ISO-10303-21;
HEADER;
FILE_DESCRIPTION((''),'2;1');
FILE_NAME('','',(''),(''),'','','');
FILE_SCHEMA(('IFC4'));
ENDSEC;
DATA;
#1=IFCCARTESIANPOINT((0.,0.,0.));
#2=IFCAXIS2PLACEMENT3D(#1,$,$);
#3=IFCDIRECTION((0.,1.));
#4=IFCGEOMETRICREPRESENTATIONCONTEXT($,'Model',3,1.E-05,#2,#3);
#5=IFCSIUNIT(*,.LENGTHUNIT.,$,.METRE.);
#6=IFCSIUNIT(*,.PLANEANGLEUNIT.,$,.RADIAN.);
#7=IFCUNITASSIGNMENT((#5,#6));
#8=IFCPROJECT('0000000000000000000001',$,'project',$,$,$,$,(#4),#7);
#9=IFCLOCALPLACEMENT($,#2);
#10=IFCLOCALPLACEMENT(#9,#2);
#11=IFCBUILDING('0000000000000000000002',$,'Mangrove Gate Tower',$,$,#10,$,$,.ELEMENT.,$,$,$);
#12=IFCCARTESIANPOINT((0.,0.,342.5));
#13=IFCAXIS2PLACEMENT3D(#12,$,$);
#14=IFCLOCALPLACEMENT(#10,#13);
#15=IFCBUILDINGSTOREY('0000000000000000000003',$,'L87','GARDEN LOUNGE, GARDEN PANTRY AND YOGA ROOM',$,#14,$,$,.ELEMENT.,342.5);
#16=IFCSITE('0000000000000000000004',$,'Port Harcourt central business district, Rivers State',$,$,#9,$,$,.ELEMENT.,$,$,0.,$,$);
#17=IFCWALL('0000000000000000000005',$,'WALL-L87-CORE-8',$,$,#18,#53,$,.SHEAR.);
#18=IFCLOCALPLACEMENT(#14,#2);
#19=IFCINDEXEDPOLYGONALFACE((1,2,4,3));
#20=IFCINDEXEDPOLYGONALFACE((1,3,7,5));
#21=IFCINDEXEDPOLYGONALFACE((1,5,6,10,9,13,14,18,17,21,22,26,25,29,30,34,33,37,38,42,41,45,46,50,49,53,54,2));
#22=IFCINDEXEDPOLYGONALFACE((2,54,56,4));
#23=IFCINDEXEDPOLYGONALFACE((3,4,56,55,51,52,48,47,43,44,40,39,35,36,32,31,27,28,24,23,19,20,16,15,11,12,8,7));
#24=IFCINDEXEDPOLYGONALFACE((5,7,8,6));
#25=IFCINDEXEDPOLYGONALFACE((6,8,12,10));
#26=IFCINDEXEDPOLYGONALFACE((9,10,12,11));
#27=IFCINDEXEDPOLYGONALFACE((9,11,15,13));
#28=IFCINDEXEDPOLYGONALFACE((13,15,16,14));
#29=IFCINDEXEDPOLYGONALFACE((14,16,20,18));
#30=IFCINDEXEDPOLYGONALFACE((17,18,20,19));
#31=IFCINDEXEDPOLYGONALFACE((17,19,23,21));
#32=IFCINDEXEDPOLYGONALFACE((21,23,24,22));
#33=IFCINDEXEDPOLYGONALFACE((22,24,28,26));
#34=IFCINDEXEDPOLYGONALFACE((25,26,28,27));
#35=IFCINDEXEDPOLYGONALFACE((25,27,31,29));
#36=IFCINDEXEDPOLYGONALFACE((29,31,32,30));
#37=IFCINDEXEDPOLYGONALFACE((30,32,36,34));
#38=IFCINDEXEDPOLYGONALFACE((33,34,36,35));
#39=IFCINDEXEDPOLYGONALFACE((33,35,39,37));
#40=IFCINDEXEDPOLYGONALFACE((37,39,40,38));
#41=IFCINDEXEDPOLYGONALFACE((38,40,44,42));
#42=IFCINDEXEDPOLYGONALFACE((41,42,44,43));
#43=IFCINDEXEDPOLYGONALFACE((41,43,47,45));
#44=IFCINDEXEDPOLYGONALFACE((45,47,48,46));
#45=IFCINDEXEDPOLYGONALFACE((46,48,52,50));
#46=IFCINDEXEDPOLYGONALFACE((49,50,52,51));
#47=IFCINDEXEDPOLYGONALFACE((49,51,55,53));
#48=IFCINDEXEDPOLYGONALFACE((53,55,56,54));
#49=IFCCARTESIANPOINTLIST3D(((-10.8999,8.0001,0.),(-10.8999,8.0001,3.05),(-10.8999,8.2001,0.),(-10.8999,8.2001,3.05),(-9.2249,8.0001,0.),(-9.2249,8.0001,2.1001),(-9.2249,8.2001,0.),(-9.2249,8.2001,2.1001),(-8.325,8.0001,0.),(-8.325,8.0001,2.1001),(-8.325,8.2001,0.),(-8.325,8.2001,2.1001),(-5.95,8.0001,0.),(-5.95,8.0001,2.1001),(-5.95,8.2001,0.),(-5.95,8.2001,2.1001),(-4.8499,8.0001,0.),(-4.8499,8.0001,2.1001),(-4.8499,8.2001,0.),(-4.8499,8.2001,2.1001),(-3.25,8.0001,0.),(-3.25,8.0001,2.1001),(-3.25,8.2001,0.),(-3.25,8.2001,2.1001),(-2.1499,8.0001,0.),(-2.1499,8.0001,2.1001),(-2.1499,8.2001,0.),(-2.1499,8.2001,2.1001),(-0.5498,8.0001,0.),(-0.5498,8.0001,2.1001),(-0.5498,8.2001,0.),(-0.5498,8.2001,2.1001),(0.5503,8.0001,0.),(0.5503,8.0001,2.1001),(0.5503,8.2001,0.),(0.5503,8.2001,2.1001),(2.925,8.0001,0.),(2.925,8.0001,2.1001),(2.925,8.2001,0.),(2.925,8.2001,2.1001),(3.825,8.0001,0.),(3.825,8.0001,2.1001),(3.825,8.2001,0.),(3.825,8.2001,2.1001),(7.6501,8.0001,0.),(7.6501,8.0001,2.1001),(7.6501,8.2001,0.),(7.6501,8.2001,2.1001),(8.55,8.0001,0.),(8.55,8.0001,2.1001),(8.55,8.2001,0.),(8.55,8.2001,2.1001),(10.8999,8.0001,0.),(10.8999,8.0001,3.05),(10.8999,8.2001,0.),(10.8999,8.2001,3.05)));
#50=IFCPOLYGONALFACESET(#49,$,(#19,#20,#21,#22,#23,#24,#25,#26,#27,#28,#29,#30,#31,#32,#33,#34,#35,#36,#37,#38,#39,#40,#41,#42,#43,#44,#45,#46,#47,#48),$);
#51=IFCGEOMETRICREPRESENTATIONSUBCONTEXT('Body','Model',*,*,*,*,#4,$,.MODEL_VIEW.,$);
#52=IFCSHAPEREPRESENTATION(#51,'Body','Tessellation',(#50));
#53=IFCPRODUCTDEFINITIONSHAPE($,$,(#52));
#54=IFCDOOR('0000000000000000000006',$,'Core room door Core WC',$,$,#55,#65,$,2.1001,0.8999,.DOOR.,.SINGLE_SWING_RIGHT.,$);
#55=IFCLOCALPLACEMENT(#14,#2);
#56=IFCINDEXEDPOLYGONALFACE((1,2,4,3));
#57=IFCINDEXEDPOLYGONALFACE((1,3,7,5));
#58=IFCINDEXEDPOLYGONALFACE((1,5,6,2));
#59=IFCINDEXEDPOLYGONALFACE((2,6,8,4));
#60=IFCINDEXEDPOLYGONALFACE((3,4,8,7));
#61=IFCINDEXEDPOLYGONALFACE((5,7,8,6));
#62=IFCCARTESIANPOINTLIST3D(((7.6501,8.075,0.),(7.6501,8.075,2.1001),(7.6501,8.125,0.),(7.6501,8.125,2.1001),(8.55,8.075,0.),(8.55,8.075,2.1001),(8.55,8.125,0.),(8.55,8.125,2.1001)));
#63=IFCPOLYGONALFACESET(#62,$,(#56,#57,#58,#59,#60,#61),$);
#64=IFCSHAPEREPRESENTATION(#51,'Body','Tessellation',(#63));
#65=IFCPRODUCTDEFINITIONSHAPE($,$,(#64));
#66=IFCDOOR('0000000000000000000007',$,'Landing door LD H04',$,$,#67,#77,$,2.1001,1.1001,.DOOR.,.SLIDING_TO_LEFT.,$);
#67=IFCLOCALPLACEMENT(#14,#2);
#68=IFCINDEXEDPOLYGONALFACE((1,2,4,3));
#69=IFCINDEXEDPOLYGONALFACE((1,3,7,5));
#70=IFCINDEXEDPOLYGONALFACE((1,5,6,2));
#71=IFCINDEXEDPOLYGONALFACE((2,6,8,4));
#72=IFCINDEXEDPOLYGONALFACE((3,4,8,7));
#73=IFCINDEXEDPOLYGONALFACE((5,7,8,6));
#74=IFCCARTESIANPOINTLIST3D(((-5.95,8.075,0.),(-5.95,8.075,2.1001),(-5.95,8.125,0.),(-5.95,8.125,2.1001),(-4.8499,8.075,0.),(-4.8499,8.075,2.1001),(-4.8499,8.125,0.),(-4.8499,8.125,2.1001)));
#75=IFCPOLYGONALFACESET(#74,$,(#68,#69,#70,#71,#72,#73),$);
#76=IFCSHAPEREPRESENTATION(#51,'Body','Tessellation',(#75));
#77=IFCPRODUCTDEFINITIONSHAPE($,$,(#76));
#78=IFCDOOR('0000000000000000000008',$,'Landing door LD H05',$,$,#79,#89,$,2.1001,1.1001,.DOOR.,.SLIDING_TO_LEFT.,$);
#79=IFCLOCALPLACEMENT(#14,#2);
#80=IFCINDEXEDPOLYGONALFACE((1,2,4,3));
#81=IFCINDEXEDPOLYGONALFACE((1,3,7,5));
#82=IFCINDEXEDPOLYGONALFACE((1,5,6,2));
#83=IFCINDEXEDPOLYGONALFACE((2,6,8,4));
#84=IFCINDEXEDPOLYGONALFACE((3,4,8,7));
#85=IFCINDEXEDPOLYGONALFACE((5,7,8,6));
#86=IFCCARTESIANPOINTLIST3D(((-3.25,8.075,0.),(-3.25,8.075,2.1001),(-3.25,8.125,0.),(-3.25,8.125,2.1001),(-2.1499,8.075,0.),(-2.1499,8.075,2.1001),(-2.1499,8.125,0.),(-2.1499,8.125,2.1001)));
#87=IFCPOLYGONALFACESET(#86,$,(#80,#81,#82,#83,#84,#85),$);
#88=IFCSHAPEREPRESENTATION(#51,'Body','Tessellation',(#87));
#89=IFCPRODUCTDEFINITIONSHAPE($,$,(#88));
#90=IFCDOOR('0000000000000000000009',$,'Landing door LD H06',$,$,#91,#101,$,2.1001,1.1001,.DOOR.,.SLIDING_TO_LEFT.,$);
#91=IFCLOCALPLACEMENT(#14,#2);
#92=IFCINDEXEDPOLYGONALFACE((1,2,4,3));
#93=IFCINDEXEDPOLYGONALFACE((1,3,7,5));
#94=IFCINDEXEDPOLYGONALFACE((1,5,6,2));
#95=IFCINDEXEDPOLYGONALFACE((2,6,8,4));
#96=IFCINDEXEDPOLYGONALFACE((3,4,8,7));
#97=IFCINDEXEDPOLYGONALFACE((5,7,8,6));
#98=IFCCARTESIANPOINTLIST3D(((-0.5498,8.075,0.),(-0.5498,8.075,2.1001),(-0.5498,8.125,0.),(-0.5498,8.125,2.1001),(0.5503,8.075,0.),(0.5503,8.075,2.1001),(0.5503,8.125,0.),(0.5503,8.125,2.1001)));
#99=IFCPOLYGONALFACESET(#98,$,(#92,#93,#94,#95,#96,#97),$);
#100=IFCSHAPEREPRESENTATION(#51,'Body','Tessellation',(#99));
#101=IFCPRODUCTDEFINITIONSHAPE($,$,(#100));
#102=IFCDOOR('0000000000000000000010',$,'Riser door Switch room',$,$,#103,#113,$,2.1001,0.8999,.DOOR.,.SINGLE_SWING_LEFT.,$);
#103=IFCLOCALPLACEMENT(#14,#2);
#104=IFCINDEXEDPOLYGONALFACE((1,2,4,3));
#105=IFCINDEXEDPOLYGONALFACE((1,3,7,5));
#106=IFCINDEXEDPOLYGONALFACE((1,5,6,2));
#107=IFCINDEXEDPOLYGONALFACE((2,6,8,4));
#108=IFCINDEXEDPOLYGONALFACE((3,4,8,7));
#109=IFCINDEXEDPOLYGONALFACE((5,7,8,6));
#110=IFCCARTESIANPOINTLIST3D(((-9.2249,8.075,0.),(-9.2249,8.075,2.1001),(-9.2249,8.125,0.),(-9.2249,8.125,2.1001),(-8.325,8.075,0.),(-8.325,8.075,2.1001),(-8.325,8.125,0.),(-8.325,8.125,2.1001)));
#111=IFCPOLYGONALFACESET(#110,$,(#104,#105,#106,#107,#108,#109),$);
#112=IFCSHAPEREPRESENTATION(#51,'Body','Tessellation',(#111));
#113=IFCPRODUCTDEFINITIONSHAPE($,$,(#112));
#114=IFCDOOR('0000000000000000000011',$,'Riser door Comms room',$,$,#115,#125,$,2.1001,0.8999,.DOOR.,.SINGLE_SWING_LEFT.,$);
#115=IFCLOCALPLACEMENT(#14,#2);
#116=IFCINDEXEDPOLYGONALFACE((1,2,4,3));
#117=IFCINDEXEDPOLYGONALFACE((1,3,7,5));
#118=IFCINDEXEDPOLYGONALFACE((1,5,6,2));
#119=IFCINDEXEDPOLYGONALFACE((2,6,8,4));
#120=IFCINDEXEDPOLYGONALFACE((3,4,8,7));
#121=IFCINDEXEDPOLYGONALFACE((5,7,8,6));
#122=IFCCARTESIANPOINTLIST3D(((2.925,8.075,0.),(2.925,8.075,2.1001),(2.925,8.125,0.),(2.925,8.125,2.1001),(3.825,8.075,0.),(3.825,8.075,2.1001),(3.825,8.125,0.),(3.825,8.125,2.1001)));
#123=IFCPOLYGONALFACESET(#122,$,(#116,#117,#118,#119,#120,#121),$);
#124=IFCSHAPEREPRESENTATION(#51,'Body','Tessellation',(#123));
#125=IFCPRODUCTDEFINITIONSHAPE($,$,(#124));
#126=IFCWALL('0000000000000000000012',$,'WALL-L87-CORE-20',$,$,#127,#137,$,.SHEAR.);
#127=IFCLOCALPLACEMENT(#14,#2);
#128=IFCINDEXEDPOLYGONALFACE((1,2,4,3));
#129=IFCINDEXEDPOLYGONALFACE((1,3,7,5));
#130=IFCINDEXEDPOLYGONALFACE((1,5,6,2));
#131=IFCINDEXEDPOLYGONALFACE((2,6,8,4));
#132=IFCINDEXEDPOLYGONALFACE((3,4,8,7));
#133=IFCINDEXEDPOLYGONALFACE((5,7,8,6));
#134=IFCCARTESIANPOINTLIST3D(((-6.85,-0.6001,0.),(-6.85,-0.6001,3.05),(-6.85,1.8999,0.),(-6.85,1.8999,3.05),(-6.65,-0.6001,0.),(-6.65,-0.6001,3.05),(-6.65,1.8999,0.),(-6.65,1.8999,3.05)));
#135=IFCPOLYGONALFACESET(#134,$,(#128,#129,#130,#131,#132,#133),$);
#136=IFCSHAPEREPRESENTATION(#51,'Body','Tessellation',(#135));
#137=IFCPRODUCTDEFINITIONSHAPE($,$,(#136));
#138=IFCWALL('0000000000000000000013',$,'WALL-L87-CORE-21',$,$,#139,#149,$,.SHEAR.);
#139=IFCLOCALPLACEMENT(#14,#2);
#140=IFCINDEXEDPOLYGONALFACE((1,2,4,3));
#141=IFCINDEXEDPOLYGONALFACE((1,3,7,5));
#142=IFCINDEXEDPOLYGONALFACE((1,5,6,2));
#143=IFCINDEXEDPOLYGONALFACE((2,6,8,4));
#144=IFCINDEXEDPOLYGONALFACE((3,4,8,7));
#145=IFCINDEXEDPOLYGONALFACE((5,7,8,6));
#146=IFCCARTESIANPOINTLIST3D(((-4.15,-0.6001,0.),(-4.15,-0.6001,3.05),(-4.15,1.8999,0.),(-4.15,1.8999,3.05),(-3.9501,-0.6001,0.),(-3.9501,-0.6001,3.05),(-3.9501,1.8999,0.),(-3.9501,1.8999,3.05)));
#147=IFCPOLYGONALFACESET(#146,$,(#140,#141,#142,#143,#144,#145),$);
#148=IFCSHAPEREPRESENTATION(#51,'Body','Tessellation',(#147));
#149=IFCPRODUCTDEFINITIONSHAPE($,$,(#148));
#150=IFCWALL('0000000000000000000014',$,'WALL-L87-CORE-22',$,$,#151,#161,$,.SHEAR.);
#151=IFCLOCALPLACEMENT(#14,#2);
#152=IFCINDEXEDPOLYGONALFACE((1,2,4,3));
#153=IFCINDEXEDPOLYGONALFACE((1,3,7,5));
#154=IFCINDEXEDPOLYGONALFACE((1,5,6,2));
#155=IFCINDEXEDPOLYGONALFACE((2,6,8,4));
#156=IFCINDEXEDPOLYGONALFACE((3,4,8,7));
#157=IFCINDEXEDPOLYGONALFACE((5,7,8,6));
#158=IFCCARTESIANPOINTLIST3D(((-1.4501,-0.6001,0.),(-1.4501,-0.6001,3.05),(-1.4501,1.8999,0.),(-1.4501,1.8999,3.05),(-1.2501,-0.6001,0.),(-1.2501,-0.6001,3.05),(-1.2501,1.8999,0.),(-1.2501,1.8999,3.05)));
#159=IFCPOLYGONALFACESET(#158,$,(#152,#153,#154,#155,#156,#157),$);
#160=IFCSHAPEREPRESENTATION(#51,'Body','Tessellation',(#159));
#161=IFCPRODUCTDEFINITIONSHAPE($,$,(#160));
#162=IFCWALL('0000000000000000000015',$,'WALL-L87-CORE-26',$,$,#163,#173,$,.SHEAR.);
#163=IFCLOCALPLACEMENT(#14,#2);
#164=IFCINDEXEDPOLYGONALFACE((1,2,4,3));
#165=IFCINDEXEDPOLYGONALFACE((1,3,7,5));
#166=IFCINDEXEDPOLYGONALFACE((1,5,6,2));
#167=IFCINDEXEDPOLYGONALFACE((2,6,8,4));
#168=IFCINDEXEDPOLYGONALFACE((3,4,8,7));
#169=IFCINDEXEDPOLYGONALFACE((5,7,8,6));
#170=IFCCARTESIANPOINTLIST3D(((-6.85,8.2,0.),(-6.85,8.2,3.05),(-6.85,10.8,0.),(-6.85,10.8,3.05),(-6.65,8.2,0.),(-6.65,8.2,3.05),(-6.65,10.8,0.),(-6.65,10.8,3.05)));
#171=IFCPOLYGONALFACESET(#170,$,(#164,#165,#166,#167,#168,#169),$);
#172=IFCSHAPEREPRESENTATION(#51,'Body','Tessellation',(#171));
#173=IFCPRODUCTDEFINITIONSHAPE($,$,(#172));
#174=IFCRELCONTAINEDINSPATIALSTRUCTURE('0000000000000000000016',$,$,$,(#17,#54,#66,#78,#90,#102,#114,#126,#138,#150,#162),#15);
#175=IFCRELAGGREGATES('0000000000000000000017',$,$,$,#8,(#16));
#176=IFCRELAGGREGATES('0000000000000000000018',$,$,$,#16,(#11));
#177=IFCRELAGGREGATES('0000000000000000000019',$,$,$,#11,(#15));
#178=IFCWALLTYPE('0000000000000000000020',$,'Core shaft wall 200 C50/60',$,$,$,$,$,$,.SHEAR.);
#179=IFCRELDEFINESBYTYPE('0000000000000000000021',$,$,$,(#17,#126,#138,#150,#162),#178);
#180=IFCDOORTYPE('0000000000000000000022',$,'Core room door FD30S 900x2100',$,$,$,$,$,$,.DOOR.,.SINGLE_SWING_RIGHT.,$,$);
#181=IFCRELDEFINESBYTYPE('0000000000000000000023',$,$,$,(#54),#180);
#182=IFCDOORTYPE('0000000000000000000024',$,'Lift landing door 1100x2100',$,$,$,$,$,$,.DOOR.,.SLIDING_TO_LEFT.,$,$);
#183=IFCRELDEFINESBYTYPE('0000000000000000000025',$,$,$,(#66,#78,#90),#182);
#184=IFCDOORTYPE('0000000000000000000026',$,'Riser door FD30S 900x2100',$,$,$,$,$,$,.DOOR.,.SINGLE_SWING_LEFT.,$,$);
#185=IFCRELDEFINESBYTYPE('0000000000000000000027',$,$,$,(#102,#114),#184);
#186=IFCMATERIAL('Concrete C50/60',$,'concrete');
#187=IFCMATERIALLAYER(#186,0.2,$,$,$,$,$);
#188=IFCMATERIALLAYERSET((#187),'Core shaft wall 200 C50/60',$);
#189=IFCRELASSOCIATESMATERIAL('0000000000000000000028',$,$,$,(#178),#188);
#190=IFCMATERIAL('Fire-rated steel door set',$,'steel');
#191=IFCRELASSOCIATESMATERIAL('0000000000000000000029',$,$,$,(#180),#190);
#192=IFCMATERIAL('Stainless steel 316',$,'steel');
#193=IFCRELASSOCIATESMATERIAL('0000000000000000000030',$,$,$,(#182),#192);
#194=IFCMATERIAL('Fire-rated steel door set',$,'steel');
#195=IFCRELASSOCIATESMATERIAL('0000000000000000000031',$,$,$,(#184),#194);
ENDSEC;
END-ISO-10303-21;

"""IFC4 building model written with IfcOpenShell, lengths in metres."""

from ifc_helpers import new_model, si_unit, direction, frame, frame_2d, origin, place, context, subcontext, project, spatial, rectangle, extrude, material, layer, layer_set, type_object, element, fill, save


model = new_model("IFC4")

# Units and contexts
model_context = context("Model", 3, precision=1e-05, world=origin(), true_north=direction((0.0, 1.0)))
body_context = subcontext(model_context, "Body", "Model", "MODEL_VIEW")
ifc_project = project(units=[si_unit("LENGTHUNIT", "METRE"), si_unit("PLANEANGLEUNIT", "RADIAN")], contexts=[model_context])

# Site, building, storey
site_placement = place(None, origin())
site = spatial("IfcSite", under=ifc_project, at=site_placement, Name="Port Harcourt central business district, Rivers State", CompositionType="ELEMENT", RefElevation=0.0)
building_placement = place(site_placement, origin())
building = spatial("IfcBuilding", under=site, at=building_placement, Name="Mangrove Gate Tower", CompositionType="ELEMENT")
storey_placement = place(building_placement, frame((0.0, 0.0, 342.5)))
storey = spatial("IfcBuildingStorey", under=building, at=storey_placement, Name="L87", Description="GARDEN LOUNGE, GARDEN PANTRY AND YOGA ROOM", CompositionType="ELEMENT", Elevation=342.5)

# Shared definitions
ifc_material_1 = material(Name="Concrete C50/60", Category="concrete")
ifc_layer_1 = layer(ifc_material_1, 0.2)
ifc_layer_set_1 = layer_set([ifc_layer_1], Name="Core shaft wall 200 C50/60")
wall_type_1 = type_object("IfcWallType", Name="Core shaft wall 200 C50/60", PredefinedType="SHEAR", material=ifc_layer_set_1)

# Wall, openings, doors
ifc_material_2 = material(Name="Fire-rated steel door set", Category="steel")
door_type_1 = type_object("IfcDoorType", Name="Core room door FD30S 900x2100", OperationType="SINGLE_SWING_RIGHT", PredefinedType="DOOR", material=ifc_material_2)
ifc_material_3 = material(Name="Stainless steel 316", Category="steel")
door_type_2 = type_object("IfcDoorType", Name="Lift landing door 1100x2100", OperationType="SLIDING_TO_LEFT", PredefinedType="DOOR", material=ifc_material_3)
ifc_material_4 = material(Name="Fire-rated steel door set", Category="steel")
door_type_3 = type_object("IfcDoorType", Name="Riser door FD30S 900x2100", OperationType="SINGLE_SWING_LEFT", PredefinedType="DOOR", material=ifc_material_4)
wall_1_placement = place(storey_placement, frame((-10.8999, 8.1001, 0.0), z_axis=(0.0, 0.0, 1.0), x_axis=(1.0, 0.0, 0.0)))
wall_1 = element("IfcWall", 1, at=wall_1_placement, inside=storey, type_object=wall_type_1, Name="WALL-L87-CORE-8", PredefinedType="SHEAR", context=body_context, shape_type="SweptSolid", body=[
    extrude(rectangle(XDim=21.7998, YDim=0.2, at=frame_2d((10.8999, 0.0))), origin(), (0.0, 0.0, 1.0), 3.05),
])
opening_1_placement = place(wall_1_placement, frame((4.95, 0.0, 0.0)))
opening_1 = element("IfcOpeningElement", 2, at=opening_1_placement, cuts=wall_1, PredefinedType="OPENING", context=body_context, shape_type="SweptSolid", body=[
    extrude(rectangle(XDim=1.1001, YDim=2.1001, at=frame_2d((0.55, 1.05))), frame((0.0, 0.1099, 0.0), z_axis=(0.0, -1.0, 0.0), x_axis=(1.0, 0.0, 0.0)), (0.0, 0.0, 1.0), 0.22),
])
opening_2_placement = place(wall_1_placement, frame((7.6499, 0.0, 0.0)))
opening_2 = element("IfcOpeningElement", 3, at=opening_2_placement, cuts=wall_1, PredefinedType="OPENING", context=body_context, shape_type="SweptSolid", body=[
    extrude(rectangle(XDim=1.1001, YDim=2.1001, at=frame_2d((0.55, 1.05))), frame((0.0, 0.1099, 0.0), z_axis=(0.0, -1.0, 0.0), x_axis=(1.0, 0.0, 0.0)), (0.0, 0.0, 1.0), 0.22),
])
opening_3_placement = place(wall_1_placement, frame((10.3501, 0.0, 0.0)))
opening_3 = element("IfcOpeningElement", 4, at=opening_3_placement, cuts=wall_1, PredefinedType="OPENING", context=body_context, shape_type="SweptSolid", body=[
    extrude(rectangle(XDim=1.1001, YDim=2.1001, at=frame_2d((0.55, 1.05))), frame((0.0, 0.1099, 0.0), z_axis=(0.0, -1.0, 0.0), x_axis=(1.0, 0.0, 0.0)), (0.0, 0.0, 1.0), 0.22),
])
opening_4_placement = place(wall_1_placement, frame((1.675, 0.0, 0.0)))
opening_4 = element("IfcOpeningElement", 5, at=opening_4_placement, cuts=wall_1, PredefinedType="OPENING", context=body_context, shape_type="SweptSolid", body=[
    extrude(rectangle(XDim=0.8999, YDim=2.1001, at=frame_2d((0.45, 1.05))), frame((0.0, 0.1099, 0.0), z_axis=(0.0, -1.0, 0.0), x_axis=(1.0, 0.0, 0.0)), (0.0, 0.0, 1.0), 0.22),
])
opening_5_placement = place(wall_1_placement, frame((13.825, 0.0, 0.0)))
opening_5 = element("IfcOpeningElement", 6, at=opening_5_placement, cuts=wall_1, PredefinedType="OPENING", context=body_context, shape_type="SweptSolid", body=[
    extrude(rectangle(XDim=0.8999, YDim=2.1001, at=frame_2d((0.45, 1.05))), frame((0.0, 0.1099, 0.0), z_axis=(0.0, -1.0, 0.0), x_axis=(1.0, 0.0, 0.0)), (0.0, 0.0, 1.0), 0.22),
])
opening_6_placement = place(wall_1_placement, frame((18.55, 0.0, 0.0)))
opening_6 = element("IfcOpeningElement", 7, at=opening_6_placement, cuts=wall_1, PredefinedType="OPENING", context=body_context, shape_type="SweptSolid", body=[
    extrude(rectangle(XDim=0.8999, YDim=2.1001, at=frame_2d((0.45, 1.05))), frame((0.0, 0.1099, 0.0), z_axis=(0.0, -1.0, 0.0), x_axis=(1.0, 0.0, 0.0)), (0.0, 0.0, 1.0), 0.22),
])
door_1_placement = place(opening_6_placement, origin())
door_1 = element("IfcDoor", 8, at=door_1_placement, inside=storey, type_object=door_type_1, Name="Core room door Core WC", OperationType="SINGLE_SWING_RIGHT", OverallHeight=2.1001, OverallWidth=0.8999, PredefinedType="DOOR", context=body_context, shape_type="SweptSolid", body=[
    extrude(rectangle(XDim=0.8999, YDim=2.1001, at=frame_2d((0.45, 1.05))), frame((0.0, 0.0249, 0.0), z_axis=(0.0, -1.0, 0.0), x_axis=(1.0, 0.0, 0.0)), (0.0, 0.0, 1.0), 0.05),
])
fill(opening_6, door_1)
door_2_placement = place(opening_1_placement, origin())
door_2 = element("IfcDoor", 9, at=door_2_placement, inside=storey, type_object=door_type_2, Name="Landing door LD H04", OperationType="SLIDING_TO_LEFT", OverallHeight=2.1001, OverallWidth=1.1001, PredefinedType="DOOR", context=body_context, shape_type="SweptSolid", body=[
    extrude(rectangle(XDim=1.1001, YDim=2.1001, at=frame_2d((0.55, 1.05))), frame((0.0, 0.0249, 0.0), z_axis=(0.0, -1.0, 0.0), x_axis=(1.0, 0.0, 0.0)), (0.0, 0.0, 1.0), 0.05),
])
fill(opening_1, door_2)
door_3_placement = place(opening_2_placement, origin())
door_3 = element("IfcDoor", 10, at=door_3_placement, inside=storey, type_object=door_type_2, Name="Landing door LD H05", OperationType="SLIDING_TO_LEFT", OverallHeight=2.1001, OverallWidth=1.1001, PredefinedType="DOOR", context=body_context, shape_type="SweptSolid", body=[
    extrude(rectangle(XDim=1.1001, YDim=2.1001, at=frame_2d((0.55, 1.05))), frame((0.0, 0.0249, 0.0), z_axis=(0.0, -1.0, 0.0), x_axis=(1.0, 0.0, 0.0)), (0.0, 0.0, 1.0), 0.05),
])
fill(opening_2, door_3)
door_4_placement = place(opening_3_placement, origin())
door_4 = element("IfcDoor", 11, at=door_4_placement, inside=storey, type_object=door_type_2, Name="Landing door LD H06", OperationType="SLIDING_TO_LEFT", OverallHeight=2.1001, OverallWidth=1.1001, PredefinedType="DOOR", context=body_context, shape_type="SweptSolid", body=[
    extrude(rectangle(XDim=1.1001, YDim=2.1001, at=frame_2d((0.55, 1.05))), frame((0.0, 0.0249, 0.0), z_axis=(0.0, -1.0, 0.0), x_axis=(1.0, 0.0, 0.0)), (0.0, 0.0, 1.0), 0.05),
])
fill(opening_3, door_4)
door_5_placement = place(opening_4_placement, origin())
door_5 = element("IfcDoor", 12, at=door_5_placement, inside=storey, type_object=door_type_3, Name="Riser door Switch room", OperationType="SINGLE_SWING_LEFT", OverallHeight=2.1001, OverallWidth=0.8999, PredefinedType="DOOR", context=body_context, shape_type="SweptSolid", body=[
    extrude(rectangle(XDim=0.8999, YDim=2.1001, at=frame_2d((0.45, 1.05))), frame((0.0, 0.0249, 0.0), z_axis=(0.0, -1.0, 0.0), x_axis=(1.0, 0.0, 0.0)), (0.0, 0.0, 1.0), 0.05),
])
fill(opening_4, door_5)
door_6_placement = place(opening_5_placement, origin())
door_6 = element("IfcDoor", 13, at=door_6_placement, inside=storey, type_object=door_type_3, Name="Riser door Comms room", OperationType="SINGLE_SWING_LEFT", OverallHeight=2.1001, OverallWidth=0.8999, PredefinedType="DOOR", context=body_context, shape_type="SweptSolid", body=[
    extrude(rectangle(XDim=0.8999, YDim=2.1001, at=frame_2d((0.45, 1.05))), frame((0.0, 0.0249, 0.0), z_axis=(0.0, -1.0, 0.0), x_axis=(1.0, 0.0, 0.0)), (0.0, 0.0, 1.0), 0.05),
])
fill(opening_5, door_6)

# Walls
for number, where, z_axis, x_axis, name in (
    (14, (-6.75, -0.6001, 0.0), (0.0, 0.0, 1.0), (0.0, 1.0, 0.0), "WALL-L87-CORE-20"),
    (15, (-4.05, -0.6001, 0.0), (0.0, 0.0, 1.0), (0.0, 1.0, 0.0), "WALL-L87-CORE-21"),
    (16, (-1.3501, -0.6001, 0.0), (0.0, 0.0, 1.0), (0.0, 1.0, 0.0), "WALL-L87-CORE-22"),
):
    element("IfcWall", number, at=place(storey_placement, frame(where, z_axis=z_axis, x_axis=x_axis)), inside=storey, type_object=wall_type_1, Name=name, PredefinedType="SHEAR", context=body_context, shape_type="SweptSolid", body=[
        extrude(rectangle(XDim=2.5, YDim=0.2, at=frame_2d((1.25, 0.0))), origin(), (0.0, 0.0, 1.0), 3.05),
    ])
for number, where, z_axis, x_axis, name in (
    (17, (-6.75, 8.2, 0.0), (0.0, 0.0, 1.0), (0.0, 1.0, 0.0), "WALL-L87-CORE-26"),
):
    element("IfcWall", number, at=place(storey_placement, frame(where, z_axis=z_axis, x_axis=x_axis)), inside=storey, type_object=wall_type_1, Name=name, PredefinedType="SHEAR", context=body_context, shape_type="SweptSolid", body=[
        extrude(rectangle(XDim=2.6001, YDim=0.2, at=frame_2d((1.3, 0.0))), origin(), (0.0, 0.0, 1.0), 3.05),
    ])

save(model, "model.ifc")
